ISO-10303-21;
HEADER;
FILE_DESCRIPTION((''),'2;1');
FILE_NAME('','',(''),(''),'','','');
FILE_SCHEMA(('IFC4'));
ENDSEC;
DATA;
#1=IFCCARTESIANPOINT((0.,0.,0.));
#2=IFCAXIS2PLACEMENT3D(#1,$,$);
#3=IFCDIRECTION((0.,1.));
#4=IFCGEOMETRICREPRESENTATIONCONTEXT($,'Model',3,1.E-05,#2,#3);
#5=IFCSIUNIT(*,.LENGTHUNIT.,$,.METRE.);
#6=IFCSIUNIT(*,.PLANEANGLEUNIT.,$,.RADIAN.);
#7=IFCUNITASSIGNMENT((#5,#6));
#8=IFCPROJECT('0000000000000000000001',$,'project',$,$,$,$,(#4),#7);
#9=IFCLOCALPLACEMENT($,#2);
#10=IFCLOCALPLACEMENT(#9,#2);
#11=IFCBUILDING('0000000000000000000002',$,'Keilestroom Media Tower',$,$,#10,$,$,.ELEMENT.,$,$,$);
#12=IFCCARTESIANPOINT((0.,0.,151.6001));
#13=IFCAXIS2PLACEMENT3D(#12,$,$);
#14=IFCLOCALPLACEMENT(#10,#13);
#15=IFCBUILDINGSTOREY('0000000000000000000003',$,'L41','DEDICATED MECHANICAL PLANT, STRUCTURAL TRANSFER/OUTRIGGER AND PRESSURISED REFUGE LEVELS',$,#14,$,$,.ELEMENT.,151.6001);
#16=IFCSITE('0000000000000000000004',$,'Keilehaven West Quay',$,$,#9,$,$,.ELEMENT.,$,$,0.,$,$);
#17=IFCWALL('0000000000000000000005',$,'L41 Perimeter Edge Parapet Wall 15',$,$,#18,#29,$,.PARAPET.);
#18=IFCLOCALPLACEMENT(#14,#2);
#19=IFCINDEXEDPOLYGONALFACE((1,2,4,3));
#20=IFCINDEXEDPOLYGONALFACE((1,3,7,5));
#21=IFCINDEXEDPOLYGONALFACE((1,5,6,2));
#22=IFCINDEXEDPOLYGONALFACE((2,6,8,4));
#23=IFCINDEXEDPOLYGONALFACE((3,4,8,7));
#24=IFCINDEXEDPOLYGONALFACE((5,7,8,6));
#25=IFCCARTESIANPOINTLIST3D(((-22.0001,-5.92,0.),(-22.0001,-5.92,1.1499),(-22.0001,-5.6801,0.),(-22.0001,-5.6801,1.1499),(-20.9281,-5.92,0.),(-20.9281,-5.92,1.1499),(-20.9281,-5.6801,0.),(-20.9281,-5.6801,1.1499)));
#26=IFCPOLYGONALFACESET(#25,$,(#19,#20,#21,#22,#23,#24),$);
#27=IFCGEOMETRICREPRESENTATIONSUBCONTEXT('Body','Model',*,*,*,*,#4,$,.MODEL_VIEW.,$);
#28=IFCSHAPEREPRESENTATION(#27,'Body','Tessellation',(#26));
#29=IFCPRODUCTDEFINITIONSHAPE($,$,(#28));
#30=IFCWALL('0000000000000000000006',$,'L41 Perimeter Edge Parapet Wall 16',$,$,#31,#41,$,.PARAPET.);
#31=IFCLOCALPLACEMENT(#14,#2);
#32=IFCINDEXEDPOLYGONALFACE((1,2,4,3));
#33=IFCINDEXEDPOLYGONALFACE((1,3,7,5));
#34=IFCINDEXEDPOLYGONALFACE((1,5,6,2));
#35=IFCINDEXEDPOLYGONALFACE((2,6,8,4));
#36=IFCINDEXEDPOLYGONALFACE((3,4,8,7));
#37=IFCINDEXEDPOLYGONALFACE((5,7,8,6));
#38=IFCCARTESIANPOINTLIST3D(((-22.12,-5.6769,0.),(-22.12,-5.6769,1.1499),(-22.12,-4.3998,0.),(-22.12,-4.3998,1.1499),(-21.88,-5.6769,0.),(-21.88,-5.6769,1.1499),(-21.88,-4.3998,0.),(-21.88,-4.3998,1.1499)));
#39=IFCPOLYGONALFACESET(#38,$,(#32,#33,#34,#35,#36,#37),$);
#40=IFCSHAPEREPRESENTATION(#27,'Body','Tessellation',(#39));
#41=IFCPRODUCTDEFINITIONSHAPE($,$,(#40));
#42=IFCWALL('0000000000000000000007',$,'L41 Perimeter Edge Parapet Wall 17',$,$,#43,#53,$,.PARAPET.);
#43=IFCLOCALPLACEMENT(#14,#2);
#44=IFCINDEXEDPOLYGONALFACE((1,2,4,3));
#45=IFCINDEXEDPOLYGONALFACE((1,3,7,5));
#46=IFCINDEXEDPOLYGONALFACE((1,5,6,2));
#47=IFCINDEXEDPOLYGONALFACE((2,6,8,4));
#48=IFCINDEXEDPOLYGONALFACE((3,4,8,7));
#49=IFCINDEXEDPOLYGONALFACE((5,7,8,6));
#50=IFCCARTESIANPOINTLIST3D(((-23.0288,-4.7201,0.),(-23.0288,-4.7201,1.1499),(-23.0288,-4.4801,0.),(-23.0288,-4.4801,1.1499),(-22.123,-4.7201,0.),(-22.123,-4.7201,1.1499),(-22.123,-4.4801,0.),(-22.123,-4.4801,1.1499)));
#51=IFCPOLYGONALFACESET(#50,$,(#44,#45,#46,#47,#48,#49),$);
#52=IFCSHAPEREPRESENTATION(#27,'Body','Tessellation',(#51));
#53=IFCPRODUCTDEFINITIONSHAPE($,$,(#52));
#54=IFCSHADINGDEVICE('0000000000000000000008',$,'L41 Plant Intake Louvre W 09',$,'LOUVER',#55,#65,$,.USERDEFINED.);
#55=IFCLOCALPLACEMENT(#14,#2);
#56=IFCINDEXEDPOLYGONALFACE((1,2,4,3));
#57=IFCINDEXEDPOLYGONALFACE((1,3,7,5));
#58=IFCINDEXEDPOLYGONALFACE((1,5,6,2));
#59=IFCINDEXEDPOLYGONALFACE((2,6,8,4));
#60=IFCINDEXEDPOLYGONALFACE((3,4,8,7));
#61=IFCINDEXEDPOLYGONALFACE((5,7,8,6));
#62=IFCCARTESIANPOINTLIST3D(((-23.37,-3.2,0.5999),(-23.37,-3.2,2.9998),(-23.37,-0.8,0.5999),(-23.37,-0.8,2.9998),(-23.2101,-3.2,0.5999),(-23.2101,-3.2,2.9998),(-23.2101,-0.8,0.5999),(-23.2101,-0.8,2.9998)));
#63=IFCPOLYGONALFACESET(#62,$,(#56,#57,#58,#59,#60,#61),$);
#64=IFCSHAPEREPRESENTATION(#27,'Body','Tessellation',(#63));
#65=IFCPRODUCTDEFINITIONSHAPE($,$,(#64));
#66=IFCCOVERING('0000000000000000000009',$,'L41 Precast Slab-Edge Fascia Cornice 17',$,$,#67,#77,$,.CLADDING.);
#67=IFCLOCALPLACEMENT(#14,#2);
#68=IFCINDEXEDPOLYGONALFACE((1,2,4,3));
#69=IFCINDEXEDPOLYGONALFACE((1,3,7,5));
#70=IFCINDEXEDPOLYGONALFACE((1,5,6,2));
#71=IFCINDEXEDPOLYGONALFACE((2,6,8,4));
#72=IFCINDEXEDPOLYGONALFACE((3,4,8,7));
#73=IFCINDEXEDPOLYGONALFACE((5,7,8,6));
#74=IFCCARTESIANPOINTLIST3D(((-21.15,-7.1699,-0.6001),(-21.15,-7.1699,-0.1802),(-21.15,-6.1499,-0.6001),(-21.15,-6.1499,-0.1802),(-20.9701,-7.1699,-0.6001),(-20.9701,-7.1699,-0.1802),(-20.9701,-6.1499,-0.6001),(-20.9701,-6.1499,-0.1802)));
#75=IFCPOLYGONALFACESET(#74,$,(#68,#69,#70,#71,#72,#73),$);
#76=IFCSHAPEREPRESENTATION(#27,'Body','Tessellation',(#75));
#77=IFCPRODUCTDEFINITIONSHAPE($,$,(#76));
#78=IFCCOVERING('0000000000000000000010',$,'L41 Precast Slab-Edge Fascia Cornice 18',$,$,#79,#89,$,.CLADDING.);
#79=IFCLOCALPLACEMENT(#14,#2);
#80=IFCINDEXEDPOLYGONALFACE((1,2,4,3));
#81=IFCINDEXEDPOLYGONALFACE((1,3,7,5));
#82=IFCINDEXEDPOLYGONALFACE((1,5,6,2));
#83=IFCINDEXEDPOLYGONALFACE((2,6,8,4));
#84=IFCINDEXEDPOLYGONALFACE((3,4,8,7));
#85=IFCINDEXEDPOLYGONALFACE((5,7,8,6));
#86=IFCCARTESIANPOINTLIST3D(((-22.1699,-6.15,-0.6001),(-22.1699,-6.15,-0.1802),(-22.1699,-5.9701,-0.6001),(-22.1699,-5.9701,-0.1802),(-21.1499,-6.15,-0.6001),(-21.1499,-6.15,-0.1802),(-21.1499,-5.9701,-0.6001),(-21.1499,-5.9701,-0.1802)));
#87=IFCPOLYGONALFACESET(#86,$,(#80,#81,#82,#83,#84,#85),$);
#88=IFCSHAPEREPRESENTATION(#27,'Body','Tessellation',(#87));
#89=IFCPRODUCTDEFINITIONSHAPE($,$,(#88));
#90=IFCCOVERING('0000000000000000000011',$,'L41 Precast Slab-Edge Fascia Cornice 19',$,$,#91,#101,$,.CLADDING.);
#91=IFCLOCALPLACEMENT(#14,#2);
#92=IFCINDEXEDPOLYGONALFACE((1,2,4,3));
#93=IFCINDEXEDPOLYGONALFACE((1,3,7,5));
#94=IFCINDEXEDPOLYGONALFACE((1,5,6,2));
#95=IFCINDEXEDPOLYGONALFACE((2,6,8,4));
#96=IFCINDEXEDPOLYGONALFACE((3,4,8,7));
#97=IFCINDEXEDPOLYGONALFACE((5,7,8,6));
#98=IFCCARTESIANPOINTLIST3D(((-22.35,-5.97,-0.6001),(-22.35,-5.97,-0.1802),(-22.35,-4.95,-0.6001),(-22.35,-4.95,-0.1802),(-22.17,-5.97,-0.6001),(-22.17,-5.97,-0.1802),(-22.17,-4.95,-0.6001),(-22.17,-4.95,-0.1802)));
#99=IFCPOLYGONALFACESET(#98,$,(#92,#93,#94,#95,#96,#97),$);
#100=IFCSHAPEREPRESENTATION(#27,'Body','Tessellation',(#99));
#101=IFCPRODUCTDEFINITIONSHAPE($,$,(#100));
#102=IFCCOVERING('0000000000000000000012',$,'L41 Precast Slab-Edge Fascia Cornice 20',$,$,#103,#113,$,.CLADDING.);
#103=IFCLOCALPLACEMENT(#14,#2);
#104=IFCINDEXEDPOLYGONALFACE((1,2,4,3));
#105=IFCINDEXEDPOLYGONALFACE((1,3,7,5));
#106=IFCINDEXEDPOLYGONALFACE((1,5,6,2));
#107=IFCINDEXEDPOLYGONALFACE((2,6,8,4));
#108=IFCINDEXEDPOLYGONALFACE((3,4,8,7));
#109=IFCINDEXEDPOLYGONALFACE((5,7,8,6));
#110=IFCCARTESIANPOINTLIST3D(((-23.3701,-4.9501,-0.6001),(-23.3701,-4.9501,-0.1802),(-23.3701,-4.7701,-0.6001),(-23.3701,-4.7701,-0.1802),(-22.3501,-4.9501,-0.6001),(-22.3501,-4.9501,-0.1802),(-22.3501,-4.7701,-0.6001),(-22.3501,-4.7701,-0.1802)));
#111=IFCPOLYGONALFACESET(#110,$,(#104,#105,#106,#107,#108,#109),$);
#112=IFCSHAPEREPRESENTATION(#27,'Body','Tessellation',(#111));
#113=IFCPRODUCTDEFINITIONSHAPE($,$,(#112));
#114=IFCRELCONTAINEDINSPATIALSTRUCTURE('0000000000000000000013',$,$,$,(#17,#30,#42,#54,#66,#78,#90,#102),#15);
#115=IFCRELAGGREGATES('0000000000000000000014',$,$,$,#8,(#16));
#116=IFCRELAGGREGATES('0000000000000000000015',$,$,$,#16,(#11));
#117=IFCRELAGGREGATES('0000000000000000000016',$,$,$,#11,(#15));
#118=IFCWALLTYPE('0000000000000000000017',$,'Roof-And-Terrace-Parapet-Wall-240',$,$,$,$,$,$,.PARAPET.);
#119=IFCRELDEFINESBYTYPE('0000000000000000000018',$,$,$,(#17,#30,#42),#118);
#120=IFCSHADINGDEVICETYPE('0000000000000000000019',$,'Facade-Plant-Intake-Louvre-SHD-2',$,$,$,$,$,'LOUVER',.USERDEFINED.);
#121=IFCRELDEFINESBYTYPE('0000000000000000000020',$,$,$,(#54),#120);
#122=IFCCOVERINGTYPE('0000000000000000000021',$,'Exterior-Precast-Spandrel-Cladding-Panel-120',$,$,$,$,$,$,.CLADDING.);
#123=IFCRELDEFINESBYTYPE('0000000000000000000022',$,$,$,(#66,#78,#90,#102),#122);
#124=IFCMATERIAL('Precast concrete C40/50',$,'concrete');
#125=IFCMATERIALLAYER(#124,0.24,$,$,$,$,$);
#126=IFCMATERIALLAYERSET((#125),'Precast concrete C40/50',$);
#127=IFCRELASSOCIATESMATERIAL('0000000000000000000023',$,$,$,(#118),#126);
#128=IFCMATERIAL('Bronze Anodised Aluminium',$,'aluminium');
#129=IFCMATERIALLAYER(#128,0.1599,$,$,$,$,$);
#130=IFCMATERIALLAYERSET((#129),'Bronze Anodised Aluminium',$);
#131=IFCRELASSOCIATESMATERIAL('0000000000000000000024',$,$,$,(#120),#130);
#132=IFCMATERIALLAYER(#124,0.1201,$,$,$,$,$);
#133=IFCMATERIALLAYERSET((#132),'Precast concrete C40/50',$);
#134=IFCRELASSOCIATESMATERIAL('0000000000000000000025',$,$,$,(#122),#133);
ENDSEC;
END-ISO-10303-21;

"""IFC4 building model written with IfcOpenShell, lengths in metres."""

from ifc_helpers import new_model, si_unit, direction, frame, frame_2d, origin, origin_2d, place, context, subcontext, project, spatial, rectangle, extrude, source, transform, mapped, material, layer, layer_set, type_object, element, save


model = new_model("IFC4")

# Units and contexts
model_context = context("Model", 3, precision=1e-05, world=origin(), true_north=direction((0.0, 1.0)))
body_context = subcontext(model_context, "Body", "Model", "MODEL_VIEW")
ifc_project = project(units=[si_unit("LENGTHUNIT", "METRE"), si_unit("PLANEANGLEUNIT", "RADIAN")], contexts=[model_context])

# Site, building, storey
site_placement = place(None, origin())
site = spatial("IfcSite", under=ifc_project, at=site_placement, Name="Keilehaven West Quay", CompositionType="ELEMENT", RefElevation=0.0)
building_placement = place(site_placement, origin())
building = spatial("IfcBuilding", under=site, at=building_placement, Name="Keilestroom Media Tower", CompositionType="ELEMENT")
storey_placement = place(building_placement, frame((0.0, 0.0, 151.6001)))
storey = spatial("IfcBuildingStorey", under=building, at=storey_placement, Name="L41", Description="DEDICATED MECHANICAL PLANT, STRUCTURAL TRANSFER/OUTRIGGER AND PRESSURISED REFUGE LEVELS", CompositionType="ELEMENT", Elevation=151.6001)

# Shared definitions
ifc_material_1 = material(Name="Precast concrete C40/50", Category="concrete")

# Walls
ifc_layer_1 = layer(ifc_material_1, 0.24)
ifc_layer_set_1 = layer_set([ifc_layer_1], Name="Precast concrete C40/50")
wall_type_1 = type_object("IfcWallType", Name="Roof-And-Terrace-Parapet-Wall-240", PredefinedType="PARAPET", material=ifc_layer_set_1)
wall_1_placement = place(storey_placement, frame((-20.928, -5.8, 0.0), z_axis=(0.0, 0.0, 1.0), x_axis=(-1.0, 0.0, 0.0)))
element("IfcWall", 1, at=wall_1_placement, inside=storey, type_object=wall_type_1, Name="L41 Perimeter Edge Parapet Wall 15", PredefinedType="PARAPET", context=body_context, shape_type="SweptSolid", body=[
    extrude(rectangle(XDim=1.072, YDim=0.24, at=frame_2d((0.5361, 0.0))), origin(), (0.0, 0.0, 1.0), 1.1499),
])
wall_2_placement = place(storey_placement, frame((-22.0, -5.677, 0.0), z_axis=(0.0, 0.0, 1.0), x_axis=(0.0, 1.0, 0.0)))
element("IfcWall", 2, at=wall_2_placement, inside=storey, type_object=wall_type_1, Name="L41 Perimeter Edge Parapet Wall 16", PredefinedType="PARAPET", context=body_context, shape_type="SweptSolid", body=[
    extrude(rectangle(XDim=1.2771, YDim=0.24, at=frame_2d((0.6387, 0.0))), origin(), (0.0, 0.0, 1.0), 1.1499),
])
wall_3_placement = place(storey_placement, frame((-22.123, -4.6001, 0.0), z_axis=(0.0, 0.0, 1.0), x_axis=(-1.0, 0.0, 0.0)))
element("IfcWall", 3, at=wall_3_placement, inside=storey, type_object=wall_type_1, Name="L41 Perimeter Edge Parapet Wall 17", PredefinedType="PARAPET", context=body_context, shape_type="SweptSolid", body=[
    extrude(rectangle(XDim=0.9058, YDim=0.24, at=frame_2d((0.4529, 0.0))), origin(), (0.0, 0.0, 1.0), 1.1499),
])

# Shading device
ifc_material_2 = material(Name="Bronze Anodised Aluminium", Category="aluminium")
ifc_layer_2 = layer(ifc_material_2, 0.1599)
ifc_layer_set_2 = layer_set([ifc_layer_2], Name="Bronze Anodised Aluminium")
shading_device_type = type_object("IfcShadingDeviceType", Name="Facade-Plant-Intake-Louvre-SHD-2", ElementType="LOUVER", PredefinedType="USERDEFINED", material=ifc_layer_set_2)
shared_shape_1 = source(origin(), body_context, "Body", "SweptSolid", [
    extrude(rectangle(XDim=0.1599, YDim=2.3999, at=origin_2d()), origin(), (0.0, 0.0, 1.0), 2.3999),
])
shading_device_placement = place(storey_placement, frame((-23.29, -2.0, 0.5999), z_axis=(0.0, 0.0, 1.0), x_axis=(1.0, 0.0, 0.0)))
element("IfcShadingDevice", 4, at=shading_device_placement, inside=storey, type_object=shading_device_type, Name="L41 Plant Intake Louvre W 09", ObjectType="LOUVER", PredefinedType="USERDEFINED", context=body_context, shape_type="MappedRepresentation", body=[
    mapped(shared_shape_1, transform((0.0, 0.0, 0.0), x_axis=(1.0, 0.0, 0.0), y_axis=(0.0, 1.0, 0.0), z_axis=(0.0, 0.0, 1.0), scale=1.0)),
])

# Coverings
ifc_layer_3 = layer(ifc_material_1, 0.1201)
ifc_layer_set_3 = layer_set([ifc_layer_3], Name="Precast concrete C40/50")
covering_type = type_object("IfcCoveringType", Name="Exterior-Precast-Spandrel-Cladding-Panel-120", PredefinedType="CLADDING", material=ifc_layer_set_3)
shared_shape_2 = source(origin(), body_context, "Body", "SweptSolid", [
    extrude(rectangle(XDim=1.02, YDim=0.1799, at=origin_2d()), origin(), (0.0, 0.0, 1.0), 0.4199),
])
for number, where, z_axis, x_axis, name in (
    (5, (-21.0601, -6.6599, -0.6001), (0.0, 0.0, 1.0), (0.0, 1.0, 0.0), "L41 Precast Slab-Edge Fascia Cornice 17"),
    (6, (-21.6599, -6.0601, -0.6001), (0.0, 0.0, 1.0), (-1.0, 0.0, 0.0), "L41 Precast Slab-Edge Fascia Cornice 18"),
    (7, (-22.26, -5.46, -0.6001), (0.0, 0.0, 1.0), (0.0, 1.0, 0.0), "L41 Precast Slab-Edge Fascia Cornice 19"),
    (8, (-22.8601, -4.8601, -0.6001), (0.0, 0.0, 1.0), (-1.0, 0.0, 0.0), "L41 Precast Slab-Edge Fascia Cornice 20"),
):
    element("IfcCovering", number, at=place(storey_placement, frame(where, z_axis=z_axis, x_axis=x_axis)), inside=storey, type_object=covering_type, Name=name, PredefinedType="CLADDING", context=body_context, shape_type="MappedRepresentation", body=[
        mapped(shared_shape_2, transform((0.0, 0.0, 0.0), x_axis=(1.0, 0.0, 0.0), y_axis=(0.0, 1.0, 0.0), z_axis=(0.0, 0.0, 1.0), scale=1.0)),
    ])

save(model, "model.ifc")
